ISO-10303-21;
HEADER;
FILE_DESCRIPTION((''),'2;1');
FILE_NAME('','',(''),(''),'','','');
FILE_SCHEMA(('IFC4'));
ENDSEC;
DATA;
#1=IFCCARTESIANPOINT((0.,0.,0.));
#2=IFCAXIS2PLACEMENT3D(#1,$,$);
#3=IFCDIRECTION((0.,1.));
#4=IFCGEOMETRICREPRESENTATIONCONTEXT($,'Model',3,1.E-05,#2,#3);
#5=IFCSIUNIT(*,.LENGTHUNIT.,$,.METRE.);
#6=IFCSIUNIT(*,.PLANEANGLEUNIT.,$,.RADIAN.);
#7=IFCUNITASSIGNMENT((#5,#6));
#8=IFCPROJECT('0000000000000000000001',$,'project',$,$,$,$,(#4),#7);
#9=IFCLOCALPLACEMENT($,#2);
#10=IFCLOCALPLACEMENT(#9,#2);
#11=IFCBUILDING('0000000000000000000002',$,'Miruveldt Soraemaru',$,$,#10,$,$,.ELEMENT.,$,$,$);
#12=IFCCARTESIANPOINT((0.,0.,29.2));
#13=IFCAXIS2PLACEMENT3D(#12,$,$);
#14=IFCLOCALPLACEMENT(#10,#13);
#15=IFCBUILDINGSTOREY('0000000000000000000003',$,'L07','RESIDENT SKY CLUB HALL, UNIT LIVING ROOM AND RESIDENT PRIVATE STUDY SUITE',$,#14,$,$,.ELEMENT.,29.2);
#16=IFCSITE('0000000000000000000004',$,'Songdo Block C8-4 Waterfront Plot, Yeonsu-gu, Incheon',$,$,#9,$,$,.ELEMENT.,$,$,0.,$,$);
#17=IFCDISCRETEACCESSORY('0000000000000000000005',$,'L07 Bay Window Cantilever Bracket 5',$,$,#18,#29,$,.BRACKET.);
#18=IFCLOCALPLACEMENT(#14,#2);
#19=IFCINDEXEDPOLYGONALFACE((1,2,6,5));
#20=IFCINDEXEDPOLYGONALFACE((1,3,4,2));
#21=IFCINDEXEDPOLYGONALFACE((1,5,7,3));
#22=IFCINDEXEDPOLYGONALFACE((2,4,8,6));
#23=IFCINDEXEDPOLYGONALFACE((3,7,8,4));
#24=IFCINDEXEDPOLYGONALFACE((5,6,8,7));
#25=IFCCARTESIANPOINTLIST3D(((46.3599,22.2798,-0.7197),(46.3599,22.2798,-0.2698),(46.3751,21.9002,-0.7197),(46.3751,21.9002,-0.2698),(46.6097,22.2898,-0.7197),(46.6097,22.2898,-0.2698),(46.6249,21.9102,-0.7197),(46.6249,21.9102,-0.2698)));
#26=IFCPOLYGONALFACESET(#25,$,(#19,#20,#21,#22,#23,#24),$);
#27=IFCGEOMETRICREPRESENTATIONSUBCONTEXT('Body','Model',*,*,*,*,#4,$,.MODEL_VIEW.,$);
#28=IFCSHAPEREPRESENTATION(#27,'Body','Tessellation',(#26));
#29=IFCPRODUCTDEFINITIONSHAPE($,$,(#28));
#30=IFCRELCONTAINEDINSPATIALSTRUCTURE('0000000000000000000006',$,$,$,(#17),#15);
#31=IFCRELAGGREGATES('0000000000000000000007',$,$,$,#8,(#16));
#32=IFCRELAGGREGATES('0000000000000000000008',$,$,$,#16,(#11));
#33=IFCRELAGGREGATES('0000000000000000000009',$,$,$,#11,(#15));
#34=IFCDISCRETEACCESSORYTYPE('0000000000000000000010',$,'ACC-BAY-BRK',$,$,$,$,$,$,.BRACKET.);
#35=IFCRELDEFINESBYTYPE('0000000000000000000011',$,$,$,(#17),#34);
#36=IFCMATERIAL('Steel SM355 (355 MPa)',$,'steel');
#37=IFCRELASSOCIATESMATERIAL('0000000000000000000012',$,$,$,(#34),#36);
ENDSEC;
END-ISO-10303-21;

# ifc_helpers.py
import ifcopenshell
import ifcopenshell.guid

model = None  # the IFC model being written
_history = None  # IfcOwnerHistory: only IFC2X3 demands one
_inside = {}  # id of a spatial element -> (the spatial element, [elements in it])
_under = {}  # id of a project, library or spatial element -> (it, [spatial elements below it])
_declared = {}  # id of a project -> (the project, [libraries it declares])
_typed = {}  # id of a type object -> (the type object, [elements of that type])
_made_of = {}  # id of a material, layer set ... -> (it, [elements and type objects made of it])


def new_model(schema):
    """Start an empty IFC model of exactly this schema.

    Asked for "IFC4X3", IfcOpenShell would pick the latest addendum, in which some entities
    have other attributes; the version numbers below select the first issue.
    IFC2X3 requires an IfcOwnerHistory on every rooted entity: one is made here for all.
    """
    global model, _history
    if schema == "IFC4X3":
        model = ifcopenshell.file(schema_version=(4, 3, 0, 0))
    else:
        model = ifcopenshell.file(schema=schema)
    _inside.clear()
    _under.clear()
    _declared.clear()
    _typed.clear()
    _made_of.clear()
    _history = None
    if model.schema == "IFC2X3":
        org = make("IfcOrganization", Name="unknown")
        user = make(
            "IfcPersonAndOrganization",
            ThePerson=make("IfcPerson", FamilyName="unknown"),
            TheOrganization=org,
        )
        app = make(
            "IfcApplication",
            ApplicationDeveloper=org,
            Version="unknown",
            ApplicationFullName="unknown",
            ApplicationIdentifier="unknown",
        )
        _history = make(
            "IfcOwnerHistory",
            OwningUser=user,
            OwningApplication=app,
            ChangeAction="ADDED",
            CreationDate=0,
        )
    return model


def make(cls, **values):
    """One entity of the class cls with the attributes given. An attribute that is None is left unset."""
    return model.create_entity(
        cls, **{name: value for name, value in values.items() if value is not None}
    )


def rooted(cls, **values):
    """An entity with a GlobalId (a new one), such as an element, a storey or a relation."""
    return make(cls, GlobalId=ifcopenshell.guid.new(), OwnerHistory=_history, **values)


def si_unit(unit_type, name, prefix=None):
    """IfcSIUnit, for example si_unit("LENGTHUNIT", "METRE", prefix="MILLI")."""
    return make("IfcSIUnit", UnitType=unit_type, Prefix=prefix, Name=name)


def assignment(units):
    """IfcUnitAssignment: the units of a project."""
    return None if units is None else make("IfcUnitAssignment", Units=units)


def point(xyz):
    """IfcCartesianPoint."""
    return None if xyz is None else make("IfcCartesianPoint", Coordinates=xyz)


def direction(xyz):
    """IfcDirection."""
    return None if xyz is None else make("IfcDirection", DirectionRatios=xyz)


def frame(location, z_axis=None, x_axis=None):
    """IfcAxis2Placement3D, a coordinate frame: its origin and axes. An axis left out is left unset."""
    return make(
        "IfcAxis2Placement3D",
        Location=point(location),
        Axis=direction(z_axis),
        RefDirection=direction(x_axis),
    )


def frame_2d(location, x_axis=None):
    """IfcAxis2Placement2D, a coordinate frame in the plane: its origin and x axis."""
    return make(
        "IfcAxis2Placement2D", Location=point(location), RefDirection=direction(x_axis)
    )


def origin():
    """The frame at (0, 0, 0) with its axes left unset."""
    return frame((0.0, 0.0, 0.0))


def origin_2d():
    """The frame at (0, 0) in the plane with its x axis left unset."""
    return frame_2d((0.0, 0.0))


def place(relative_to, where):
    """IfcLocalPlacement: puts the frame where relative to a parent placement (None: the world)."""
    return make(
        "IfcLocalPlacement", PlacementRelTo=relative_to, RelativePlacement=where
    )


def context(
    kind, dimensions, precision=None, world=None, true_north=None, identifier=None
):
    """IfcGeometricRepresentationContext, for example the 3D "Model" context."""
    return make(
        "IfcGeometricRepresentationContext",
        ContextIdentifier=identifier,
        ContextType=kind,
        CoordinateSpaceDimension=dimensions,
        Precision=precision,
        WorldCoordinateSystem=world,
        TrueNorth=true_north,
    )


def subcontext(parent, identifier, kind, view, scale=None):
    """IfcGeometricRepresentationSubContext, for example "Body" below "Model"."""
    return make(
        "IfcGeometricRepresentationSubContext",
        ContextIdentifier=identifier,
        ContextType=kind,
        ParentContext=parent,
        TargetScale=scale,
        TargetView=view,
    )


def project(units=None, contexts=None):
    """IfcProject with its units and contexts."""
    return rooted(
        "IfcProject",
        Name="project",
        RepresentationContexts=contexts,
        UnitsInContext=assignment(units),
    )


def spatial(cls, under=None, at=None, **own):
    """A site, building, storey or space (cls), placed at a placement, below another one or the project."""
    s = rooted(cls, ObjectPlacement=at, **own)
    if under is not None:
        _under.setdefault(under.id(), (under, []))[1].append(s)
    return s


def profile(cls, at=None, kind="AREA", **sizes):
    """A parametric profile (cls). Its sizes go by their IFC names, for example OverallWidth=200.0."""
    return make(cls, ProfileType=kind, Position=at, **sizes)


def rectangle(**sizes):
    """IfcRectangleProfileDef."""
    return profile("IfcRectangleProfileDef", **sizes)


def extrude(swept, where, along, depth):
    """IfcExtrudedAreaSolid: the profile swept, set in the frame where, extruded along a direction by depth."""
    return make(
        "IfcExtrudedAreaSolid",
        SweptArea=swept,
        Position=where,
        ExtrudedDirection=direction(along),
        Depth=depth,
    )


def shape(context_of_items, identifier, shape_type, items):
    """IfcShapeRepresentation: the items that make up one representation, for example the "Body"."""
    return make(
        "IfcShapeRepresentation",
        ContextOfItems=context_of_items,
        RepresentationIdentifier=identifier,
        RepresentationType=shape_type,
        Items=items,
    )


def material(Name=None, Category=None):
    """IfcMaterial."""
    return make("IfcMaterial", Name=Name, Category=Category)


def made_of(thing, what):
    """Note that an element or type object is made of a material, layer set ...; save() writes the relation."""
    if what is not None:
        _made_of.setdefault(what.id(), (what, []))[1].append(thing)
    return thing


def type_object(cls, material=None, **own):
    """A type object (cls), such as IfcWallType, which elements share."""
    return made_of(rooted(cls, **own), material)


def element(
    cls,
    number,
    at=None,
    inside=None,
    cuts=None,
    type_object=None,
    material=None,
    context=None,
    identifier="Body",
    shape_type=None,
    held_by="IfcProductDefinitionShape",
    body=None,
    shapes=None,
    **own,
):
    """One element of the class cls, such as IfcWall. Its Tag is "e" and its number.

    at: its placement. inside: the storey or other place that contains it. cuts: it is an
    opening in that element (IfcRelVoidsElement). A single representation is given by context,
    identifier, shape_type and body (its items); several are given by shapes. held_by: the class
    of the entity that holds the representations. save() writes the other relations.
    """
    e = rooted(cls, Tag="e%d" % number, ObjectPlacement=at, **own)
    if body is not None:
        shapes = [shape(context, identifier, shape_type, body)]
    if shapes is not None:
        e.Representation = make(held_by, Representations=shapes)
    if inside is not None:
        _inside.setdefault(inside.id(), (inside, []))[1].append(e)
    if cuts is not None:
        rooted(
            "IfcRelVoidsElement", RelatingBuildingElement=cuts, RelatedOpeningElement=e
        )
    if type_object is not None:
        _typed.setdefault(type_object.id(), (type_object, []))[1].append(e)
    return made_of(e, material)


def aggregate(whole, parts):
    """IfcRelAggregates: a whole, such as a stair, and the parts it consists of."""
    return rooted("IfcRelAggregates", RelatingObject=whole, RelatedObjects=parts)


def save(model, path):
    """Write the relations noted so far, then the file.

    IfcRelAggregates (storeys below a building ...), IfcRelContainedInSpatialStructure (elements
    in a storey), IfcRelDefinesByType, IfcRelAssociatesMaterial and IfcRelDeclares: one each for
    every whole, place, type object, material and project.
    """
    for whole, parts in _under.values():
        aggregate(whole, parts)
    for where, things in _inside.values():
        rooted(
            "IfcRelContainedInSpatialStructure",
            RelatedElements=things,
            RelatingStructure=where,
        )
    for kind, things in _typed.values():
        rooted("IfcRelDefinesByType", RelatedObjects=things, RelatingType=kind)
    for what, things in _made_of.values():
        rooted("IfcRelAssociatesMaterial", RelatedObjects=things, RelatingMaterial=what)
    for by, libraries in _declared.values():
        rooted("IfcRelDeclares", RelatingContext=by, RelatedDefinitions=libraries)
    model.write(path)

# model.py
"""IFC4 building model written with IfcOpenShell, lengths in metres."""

from ifc_helpers import new_model, si_unit, direction, frame, origin, origin_2d, place, context, subcontext, project, spatial, rectangle, extrude, material, type_object, element, save


model = new_model("IFC4")

# Units and contexts
model_context = context("Model", 3, precision=1e-05, world=origin(), true_north=direction((0.0, 1.0)))
body_context = subcontext(model_context, "Body", "Model", "MODEL_VIEW")
ifc_project = project(units=[si_unit("LENGTHUNIT", "METRE"), si_unit("PLANEANGLEUNIT", "RADIAN")], contexts=[model_context])

# Site, building, storey
site_placement = place(None, origin())
site = spatial("IfcSite", under=ifc_project, at=site_placement, Name="Songdo Block C8-4 Waterfront Plot, Yeonsu-gu, Incheon", CompositionType="ELEMENT", RefElevation=0.0)
building_placement = place(site_placement, origin())
building = spatial("IfcBuilding", under=site, at=building_placement, Name="Miruveldt Soraemaru", CompositionType="ELEMENT")
storey_placement = place(building_placement, frame((0.0, 0.0, 29.2)))
storey = spatial("IfcBuildingStorey", under=building, at=storey_placement, Name="L07", Description="RESIDENT SKY CLUB HALL, UNIT LIVING ROOM AND RESIDENT PRIVATE STUDY SUITE", CompositionType="ELEMENT", Elevation=29.2)

# Discrete accessory
ifc_material_1 = material(Name="Steel SM355 (355 MPa)", Category="steel")
discrete_accessory_type = type_object("IfcDiscreteAccessoryType", Name="ACC-BAY-BRK", PredefinedType="BRACKET", material=ifc_material_1)
discrete_accessory_placement = place(storey_placement, frame((46.4924, 22.095, -0.7197), z_axis=(0.0, 0.0, 1.0), x_axis=(0.039975, -0.999201, 0.0)))
element("IfcDiscreteAccessory", 1, at=discrete_accessory_placement, inside=storey, type_object=discrete_accessory_type, Name="L07 Bay Window Cantilever Bracket 5", PredefinedType="BRACKET", context=body_context, shape_type="SweptSolid", body=[
    extrude(rectangle(XDim=0.3799, YDim=0.25, at=origin_2d()), origin(), (0.0, 0.0, 1.0), 0.45),
])

save(model, "model.ifc")
